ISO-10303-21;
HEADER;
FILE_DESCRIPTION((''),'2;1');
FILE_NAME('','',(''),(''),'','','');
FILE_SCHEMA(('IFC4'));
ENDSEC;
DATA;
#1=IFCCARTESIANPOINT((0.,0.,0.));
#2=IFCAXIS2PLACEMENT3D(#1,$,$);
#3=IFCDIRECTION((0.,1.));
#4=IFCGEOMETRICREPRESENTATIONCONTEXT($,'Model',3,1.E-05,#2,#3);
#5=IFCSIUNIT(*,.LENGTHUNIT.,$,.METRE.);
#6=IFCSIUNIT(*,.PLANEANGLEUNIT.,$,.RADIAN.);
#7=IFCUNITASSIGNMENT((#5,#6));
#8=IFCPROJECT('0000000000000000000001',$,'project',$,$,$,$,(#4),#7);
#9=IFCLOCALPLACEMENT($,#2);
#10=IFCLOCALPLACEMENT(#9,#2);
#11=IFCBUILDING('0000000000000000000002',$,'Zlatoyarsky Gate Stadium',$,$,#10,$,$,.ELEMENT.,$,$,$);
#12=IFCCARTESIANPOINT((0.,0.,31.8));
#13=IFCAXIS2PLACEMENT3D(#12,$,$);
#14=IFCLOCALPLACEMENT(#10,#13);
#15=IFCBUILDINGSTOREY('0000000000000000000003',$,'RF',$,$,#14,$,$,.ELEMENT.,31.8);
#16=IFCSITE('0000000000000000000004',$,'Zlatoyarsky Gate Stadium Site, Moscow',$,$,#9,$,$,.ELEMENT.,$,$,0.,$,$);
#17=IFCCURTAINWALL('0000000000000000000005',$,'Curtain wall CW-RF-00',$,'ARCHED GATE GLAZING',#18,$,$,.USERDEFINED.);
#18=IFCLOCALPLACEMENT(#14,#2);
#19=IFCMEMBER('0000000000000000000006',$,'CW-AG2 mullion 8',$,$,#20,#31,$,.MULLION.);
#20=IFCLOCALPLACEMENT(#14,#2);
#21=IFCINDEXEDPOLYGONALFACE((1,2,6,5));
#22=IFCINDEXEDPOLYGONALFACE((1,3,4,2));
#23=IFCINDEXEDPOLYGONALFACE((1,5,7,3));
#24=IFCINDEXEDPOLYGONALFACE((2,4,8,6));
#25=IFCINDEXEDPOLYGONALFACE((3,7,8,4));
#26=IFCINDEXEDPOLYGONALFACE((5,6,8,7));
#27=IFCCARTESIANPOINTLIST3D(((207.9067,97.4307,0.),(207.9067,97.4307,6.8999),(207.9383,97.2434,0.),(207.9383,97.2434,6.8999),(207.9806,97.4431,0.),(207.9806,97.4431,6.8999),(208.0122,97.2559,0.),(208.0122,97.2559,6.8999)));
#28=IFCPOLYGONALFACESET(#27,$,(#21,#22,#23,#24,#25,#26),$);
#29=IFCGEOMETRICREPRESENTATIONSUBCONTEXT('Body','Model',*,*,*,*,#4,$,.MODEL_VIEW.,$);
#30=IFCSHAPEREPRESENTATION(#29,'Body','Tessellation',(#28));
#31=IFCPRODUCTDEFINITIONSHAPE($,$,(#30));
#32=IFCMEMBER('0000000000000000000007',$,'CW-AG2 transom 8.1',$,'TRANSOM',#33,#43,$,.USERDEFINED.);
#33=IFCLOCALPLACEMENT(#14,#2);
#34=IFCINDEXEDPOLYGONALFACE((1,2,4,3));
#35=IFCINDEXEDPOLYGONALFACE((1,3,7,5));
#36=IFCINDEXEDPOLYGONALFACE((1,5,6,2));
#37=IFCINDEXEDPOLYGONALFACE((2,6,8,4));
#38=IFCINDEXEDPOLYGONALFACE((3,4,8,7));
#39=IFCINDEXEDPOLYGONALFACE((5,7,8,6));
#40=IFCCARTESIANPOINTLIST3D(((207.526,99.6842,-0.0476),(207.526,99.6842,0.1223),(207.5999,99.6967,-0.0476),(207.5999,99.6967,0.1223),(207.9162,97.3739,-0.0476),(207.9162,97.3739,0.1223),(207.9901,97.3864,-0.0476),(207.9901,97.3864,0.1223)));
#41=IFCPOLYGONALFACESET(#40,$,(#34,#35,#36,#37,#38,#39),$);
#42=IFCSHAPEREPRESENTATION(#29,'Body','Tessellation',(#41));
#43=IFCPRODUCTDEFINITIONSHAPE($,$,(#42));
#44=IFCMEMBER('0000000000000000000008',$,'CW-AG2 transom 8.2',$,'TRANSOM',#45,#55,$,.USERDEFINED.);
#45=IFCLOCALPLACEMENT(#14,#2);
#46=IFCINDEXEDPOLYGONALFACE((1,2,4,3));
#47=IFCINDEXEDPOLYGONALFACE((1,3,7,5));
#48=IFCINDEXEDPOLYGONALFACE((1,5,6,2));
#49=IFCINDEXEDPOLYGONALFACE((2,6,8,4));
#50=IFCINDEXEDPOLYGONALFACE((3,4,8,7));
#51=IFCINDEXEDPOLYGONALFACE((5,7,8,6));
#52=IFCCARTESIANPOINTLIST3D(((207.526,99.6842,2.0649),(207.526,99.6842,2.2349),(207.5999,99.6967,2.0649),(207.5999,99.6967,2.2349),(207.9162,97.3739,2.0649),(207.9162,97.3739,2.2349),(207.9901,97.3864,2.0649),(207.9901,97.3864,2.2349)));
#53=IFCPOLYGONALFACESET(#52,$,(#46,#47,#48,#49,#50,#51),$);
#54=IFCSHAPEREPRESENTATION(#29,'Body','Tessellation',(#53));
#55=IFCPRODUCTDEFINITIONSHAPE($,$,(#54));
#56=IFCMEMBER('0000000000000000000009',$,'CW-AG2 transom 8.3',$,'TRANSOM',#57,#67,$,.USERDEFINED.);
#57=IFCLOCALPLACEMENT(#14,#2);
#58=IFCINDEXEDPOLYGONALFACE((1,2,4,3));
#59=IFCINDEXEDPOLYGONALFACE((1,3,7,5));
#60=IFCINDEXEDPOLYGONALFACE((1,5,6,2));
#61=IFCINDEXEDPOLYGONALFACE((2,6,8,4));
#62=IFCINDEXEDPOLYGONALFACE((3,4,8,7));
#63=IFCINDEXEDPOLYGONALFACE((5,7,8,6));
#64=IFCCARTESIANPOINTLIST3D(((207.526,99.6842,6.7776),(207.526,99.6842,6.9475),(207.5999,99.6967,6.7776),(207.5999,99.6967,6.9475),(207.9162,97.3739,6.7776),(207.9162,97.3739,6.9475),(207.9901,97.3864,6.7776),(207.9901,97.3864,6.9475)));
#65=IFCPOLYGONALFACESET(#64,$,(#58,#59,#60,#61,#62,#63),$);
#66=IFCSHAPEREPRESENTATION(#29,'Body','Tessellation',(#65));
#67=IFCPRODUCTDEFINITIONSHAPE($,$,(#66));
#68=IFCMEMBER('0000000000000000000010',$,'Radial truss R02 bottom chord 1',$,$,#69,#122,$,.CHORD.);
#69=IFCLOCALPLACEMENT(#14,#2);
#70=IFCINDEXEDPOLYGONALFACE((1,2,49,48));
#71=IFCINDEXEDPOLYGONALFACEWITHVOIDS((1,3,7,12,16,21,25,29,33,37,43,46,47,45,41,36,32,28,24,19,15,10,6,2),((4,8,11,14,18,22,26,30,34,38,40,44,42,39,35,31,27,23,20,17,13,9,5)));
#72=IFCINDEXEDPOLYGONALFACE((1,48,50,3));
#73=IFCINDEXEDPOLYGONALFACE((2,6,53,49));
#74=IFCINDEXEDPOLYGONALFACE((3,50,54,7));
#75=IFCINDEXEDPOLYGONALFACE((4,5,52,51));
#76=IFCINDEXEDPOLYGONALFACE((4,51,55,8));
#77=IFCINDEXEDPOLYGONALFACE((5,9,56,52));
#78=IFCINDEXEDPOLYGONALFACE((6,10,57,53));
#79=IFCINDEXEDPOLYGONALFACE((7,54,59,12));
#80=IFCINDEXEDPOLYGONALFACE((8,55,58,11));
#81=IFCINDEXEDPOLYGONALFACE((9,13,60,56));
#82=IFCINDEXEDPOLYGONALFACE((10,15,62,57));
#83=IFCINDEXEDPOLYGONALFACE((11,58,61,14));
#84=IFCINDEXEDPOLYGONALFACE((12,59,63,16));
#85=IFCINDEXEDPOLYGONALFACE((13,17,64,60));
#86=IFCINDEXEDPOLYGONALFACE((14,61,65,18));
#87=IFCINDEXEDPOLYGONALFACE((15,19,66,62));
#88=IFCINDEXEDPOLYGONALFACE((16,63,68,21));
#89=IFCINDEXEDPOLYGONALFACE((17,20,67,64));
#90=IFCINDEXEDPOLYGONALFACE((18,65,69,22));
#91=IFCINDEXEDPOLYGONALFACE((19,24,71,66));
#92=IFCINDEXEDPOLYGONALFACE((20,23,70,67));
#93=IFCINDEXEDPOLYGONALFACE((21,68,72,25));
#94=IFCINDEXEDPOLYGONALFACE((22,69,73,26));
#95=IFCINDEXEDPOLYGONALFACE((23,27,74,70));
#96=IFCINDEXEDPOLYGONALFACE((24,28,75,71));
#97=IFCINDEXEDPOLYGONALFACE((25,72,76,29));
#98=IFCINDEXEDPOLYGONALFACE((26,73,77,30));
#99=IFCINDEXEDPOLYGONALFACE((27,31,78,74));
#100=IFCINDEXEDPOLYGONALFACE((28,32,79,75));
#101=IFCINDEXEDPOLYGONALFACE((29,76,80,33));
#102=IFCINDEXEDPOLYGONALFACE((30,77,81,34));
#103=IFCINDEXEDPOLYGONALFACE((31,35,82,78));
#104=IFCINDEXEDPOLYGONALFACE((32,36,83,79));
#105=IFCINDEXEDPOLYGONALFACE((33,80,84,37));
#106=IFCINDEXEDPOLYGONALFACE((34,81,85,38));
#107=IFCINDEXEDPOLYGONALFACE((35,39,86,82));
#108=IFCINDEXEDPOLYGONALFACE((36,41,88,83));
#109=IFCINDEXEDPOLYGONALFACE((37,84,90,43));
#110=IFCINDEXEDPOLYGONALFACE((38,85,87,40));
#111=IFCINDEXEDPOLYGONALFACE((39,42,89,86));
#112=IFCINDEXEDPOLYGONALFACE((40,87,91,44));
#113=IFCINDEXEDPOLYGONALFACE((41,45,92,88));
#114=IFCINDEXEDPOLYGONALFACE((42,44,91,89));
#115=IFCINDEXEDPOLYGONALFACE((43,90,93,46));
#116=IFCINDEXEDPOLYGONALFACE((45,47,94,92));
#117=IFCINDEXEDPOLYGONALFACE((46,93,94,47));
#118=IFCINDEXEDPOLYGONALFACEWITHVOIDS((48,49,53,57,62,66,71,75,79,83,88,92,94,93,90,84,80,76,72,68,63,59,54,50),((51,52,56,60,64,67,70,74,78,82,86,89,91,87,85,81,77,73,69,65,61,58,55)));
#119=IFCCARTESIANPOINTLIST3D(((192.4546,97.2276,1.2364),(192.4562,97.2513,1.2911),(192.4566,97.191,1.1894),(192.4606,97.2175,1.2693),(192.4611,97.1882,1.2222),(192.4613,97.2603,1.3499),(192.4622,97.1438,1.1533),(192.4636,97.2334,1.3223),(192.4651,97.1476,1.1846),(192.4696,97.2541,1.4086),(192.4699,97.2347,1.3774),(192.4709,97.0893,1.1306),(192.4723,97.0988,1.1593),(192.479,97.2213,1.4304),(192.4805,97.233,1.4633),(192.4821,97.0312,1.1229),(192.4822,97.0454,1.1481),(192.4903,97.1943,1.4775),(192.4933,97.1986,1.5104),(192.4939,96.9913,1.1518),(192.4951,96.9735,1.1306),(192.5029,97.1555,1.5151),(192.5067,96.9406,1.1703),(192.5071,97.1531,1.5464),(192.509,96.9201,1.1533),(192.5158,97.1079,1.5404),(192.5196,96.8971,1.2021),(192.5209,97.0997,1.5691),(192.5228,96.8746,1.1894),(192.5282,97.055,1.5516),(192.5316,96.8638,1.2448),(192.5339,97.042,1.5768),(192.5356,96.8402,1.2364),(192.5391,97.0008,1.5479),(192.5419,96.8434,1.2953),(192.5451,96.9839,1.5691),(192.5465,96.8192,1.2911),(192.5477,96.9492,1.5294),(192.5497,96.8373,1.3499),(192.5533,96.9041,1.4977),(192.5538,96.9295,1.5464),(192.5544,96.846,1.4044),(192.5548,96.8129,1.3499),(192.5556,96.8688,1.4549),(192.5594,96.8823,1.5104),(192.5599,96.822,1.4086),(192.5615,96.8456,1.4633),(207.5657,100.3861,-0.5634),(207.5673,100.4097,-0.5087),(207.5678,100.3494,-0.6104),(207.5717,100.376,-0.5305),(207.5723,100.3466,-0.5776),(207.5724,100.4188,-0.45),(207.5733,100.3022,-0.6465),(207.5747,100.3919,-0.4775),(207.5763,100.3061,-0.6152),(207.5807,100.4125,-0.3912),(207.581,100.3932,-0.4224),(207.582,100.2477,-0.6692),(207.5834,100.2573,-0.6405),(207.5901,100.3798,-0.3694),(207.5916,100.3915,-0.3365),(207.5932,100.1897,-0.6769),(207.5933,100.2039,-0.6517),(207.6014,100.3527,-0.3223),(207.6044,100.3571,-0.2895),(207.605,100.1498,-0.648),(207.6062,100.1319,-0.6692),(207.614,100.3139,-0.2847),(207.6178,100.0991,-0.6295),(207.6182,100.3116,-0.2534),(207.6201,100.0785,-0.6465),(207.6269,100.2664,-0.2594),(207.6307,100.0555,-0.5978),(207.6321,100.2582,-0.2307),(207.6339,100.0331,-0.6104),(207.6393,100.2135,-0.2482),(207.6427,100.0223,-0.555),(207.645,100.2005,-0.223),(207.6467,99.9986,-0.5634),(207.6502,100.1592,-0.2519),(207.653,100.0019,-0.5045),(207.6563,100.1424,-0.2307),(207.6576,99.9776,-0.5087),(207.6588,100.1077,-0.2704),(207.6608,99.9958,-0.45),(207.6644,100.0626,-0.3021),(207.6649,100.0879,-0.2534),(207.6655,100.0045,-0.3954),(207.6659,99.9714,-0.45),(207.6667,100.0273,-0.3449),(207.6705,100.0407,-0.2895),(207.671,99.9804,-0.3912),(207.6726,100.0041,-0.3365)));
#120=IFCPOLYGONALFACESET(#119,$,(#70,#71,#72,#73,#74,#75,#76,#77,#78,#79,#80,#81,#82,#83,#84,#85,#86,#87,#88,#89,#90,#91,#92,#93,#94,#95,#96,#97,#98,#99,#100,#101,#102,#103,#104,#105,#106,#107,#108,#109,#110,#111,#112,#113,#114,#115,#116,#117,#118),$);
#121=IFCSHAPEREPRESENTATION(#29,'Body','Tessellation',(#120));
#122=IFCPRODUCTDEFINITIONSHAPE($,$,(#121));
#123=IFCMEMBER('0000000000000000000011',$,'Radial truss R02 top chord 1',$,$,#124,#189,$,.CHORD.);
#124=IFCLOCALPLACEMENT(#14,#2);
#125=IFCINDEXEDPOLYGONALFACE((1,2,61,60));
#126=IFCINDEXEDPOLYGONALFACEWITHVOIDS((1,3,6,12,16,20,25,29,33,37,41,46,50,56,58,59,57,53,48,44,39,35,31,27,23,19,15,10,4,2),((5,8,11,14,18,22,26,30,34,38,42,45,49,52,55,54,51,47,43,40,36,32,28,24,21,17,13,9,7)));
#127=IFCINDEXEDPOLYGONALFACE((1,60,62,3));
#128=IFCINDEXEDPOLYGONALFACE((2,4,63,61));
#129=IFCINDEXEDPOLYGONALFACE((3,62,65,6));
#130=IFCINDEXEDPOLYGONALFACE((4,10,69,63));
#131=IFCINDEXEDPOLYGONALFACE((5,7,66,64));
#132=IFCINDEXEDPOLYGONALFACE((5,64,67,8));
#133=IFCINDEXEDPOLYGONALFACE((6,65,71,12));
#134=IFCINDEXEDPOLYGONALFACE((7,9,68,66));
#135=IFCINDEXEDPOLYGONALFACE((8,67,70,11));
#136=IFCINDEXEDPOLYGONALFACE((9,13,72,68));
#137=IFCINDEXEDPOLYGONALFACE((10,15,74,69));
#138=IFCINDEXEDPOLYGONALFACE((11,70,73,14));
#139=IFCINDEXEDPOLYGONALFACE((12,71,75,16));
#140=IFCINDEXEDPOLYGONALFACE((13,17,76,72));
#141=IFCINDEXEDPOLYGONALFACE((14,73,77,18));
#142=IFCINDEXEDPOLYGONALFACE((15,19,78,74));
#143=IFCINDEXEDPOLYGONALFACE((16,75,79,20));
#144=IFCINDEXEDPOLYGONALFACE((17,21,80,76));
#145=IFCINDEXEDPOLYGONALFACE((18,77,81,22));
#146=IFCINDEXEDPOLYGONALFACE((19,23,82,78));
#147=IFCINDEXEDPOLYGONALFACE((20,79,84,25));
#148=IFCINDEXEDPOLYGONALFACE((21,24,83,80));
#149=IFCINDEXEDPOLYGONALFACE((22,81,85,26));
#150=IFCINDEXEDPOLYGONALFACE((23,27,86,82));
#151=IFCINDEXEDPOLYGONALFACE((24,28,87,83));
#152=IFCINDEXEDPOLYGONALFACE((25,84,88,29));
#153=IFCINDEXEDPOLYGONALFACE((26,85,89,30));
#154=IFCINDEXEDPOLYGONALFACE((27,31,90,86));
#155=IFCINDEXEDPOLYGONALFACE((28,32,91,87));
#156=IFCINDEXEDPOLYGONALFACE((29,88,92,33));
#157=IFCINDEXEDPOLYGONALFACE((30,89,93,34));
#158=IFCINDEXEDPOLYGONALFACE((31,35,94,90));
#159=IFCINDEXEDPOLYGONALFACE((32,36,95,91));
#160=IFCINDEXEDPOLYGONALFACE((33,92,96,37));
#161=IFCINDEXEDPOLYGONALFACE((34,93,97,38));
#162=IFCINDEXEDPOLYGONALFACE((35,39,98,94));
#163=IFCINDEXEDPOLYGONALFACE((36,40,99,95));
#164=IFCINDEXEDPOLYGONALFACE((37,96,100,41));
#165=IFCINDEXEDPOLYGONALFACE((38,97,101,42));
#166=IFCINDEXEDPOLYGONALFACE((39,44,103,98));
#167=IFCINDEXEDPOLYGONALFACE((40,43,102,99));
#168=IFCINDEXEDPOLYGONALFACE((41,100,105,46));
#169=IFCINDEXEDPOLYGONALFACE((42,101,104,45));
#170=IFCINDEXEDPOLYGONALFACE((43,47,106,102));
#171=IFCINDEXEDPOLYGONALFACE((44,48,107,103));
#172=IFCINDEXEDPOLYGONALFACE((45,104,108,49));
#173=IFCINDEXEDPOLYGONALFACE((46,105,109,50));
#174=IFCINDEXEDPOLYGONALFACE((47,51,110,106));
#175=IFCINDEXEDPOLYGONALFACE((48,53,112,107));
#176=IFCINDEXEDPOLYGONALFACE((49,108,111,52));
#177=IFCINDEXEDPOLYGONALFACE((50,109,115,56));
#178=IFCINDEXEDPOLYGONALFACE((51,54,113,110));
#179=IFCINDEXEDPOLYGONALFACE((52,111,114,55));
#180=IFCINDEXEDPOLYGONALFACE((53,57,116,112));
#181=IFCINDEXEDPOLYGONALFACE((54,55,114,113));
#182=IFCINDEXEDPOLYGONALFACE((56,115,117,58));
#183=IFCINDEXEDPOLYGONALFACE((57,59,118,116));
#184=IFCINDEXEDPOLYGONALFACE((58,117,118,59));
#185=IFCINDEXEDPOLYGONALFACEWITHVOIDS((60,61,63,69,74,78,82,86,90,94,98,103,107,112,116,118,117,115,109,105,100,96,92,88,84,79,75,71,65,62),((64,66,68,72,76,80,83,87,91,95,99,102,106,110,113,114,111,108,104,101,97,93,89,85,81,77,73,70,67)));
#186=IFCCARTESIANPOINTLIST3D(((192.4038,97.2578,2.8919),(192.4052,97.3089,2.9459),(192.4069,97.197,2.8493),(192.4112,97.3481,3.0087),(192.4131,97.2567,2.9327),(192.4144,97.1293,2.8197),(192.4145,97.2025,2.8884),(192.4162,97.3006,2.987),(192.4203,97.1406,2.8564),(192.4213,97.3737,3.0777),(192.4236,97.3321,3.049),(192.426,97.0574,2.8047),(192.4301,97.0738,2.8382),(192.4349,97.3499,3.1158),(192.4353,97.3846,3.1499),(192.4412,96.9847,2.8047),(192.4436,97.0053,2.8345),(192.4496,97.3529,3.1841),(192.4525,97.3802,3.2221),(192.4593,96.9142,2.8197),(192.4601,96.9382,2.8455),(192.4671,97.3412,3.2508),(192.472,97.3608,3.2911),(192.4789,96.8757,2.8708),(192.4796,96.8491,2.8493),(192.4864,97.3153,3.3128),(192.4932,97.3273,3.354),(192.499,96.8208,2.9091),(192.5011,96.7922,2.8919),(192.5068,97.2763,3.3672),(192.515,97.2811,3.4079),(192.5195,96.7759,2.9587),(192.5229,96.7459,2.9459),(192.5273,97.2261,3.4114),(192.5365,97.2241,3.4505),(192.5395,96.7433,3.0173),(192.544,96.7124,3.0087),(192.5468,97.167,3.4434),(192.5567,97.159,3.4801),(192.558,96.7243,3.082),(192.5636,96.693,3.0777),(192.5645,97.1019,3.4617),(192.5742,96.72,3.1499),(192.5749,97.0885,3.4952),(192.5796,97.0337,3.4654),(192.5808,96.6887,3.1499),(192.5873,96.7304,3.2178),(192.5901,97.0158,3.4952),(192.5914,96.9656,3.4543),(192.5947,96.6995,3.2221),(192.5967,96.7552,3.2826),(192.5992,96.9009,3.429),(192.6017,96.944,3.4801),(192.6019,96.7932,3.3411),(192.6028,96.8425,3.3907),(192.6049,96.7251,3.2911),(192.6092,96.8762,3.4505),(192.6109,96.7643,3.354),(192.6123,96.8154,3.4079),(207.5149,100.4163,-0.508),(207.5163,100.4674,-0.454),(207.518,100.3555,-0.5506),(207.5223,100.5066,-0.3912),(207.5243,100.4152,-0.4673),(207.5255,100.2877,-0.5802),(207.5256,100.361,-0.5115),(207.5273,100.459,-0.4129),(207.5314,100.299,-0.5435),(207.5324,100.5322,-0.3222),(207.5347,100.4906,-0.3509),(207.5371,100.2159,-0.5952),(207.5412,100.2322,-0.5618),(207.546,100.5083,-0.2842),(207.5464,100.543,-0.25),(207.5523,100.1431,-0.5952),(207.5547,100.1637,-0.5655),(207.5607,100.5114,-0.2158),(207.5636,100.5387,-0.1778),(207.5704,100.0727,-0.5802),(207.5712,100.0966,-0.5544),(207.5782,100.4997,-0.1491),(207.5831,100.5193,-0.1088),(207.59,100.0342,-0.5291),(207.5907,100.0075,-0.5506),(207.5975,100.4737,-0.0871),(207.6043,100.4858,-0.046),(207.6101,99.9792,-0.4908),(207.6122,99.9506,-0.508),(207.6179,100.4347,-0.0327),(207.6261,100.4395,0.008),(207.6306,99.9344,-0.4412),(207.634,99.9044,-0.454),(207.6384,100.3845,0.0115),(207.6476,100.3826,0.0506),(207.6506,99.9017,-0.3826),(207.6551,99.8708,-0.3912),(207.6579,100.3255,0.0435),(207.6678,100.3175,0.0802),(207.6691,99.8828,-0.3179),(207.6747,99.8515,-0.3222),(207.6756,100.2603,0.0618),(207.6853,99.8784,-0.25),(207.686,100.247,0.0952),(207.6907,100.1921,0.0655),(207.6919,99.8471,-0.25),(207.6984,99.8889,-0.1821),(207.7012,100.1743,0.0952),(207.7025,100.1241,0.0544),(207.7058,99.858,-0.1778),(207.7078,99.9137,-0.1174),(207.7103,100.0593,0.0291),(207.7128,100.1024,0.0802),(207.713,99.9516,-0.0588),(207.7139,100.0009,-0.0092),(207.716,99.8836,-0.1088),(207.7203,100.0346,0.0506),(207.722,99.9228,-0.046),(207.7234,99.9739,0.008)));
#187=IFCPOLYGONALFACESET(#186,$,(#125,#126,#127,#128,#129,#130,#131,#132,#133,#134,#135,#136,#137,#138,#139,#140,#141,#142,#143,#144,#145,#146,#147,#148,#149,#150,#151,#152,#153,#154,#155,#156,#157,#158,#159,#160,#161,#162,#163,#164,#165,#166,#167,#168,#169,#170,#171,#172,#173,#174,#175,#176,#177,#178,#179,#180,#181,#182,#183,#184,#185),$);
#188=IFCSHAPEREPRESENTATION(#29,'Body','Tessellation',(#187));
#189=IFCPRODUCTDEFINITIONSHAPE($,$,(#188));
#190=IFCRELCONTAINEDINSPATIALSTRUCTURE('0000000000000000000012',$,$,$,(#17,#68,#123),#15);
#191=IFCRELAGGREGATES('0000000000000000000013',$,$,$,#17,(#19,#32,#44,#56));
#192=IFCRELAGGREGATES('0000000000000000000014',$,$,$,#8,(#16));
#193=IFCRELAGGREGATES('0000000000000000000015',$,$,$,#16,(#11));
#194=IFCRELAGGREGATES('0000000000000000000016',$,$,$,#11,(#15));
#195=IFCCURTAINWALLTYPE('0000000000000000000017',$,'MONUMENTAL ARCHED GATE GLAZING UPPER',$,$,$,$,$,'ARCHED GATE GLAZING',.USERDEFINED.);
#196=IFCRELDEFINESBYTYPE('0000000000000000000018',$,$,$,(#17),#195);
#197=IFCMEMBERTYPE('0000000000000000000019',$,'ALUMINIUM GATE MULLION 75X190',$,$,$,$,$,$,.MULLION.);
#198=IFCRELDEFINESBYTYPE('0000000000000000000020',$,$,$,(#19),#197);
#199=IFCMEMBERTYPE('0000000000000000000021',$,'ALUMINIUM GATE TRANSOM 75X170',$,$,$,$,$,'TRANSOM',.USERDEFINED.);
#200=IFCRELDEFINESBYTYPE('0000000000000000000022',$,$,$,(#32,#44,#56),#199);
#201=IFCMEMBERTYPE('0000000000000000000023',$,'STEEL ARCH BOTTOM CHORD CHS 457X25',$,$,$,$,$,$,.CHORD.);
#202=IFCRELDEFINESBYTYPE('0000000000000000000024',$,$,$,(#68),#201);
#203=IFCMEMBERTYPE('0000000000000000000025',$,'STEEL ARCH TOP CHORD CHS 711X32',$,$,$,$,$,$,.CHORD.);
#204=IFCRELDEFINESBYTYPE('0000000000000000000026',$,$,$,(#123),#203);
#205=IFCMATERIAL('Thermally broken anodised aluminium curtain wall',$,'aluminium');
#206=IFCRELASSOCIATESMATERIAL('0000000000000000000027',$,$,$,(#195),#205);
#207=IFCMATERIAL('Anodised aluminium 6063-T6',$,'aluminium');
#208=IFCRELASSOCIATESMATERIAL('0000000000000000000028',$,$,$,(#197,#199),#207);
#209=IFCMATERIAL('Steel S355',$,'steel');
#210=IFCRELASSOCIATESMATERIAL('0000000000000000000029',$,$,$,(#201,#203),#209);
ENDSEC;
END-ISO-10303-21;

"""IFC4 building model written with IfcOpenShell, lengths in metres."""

from ifc_helpers import new_model, si_unit, direction, frame, origin, origin_2d, place, context, subcontext, project, spatial, rectangle, hollow_circle, extrude, material, material_profile, profile_set, type_object, element, aggregate, save


model = new_model("IFC4")

# Units and contexts
model_context = context("Model", 3, precision=1e-05, world=origin(), true_north=direction((0.0, 1.0)))
body_context = subcontext(model_context, "Body", "Model", "MODEL_VIEW")
ifc_project = project(units=[si_unit("LENGTHUNIT", "METRE"), si_unit("PLANEANGLEUNIT", "RADIAN")], contexts=[model_context])

# Site, building, storey
site_placement = place(None, origin())
site = spatial("IfcSite", under=ifc_project, at=site_placement, Name="Zlatoyarsky Gate Stadium Site, Moscow", CompositionType="ELEMENT", RefElevation=0.0)
building_placement = place(site_placement, origin())
building = spatial("IfcBuilding", under=site, at=building_placement, Name="Zlatoyarsky Gate Stadium", CompositionType="ELEMENT")
storey_placement = place(building_placement, frame((0.0, 0.0, 31.8)))
storey = spatial("IfcBuildingStorey", under=building, at=storey_placement, Name="RF", CompositionType="ELEMENT", Elevation=31.8)

# Curtain wall, members
ifc_material_1 = material(Name="Thermally broken anodised aluminium curtain wall", Category="aluminium")
curtain_wall_type = type_object("IfcCurtainWallType", Name="MONUMENTAL ARCHED GATE GLAZING UPPER", ElementType="ARCHED GATE GLAZING", PredefinedType="USERDEFINED", material=ifc_material_1)
curtain_wall_placement = place(storey_placement, origin())
curtain_wall = element("IfcCurtainWall", 1, at=curtain_wall_placement, inside=storey, type_object=curtain_wall_type, Name="Curtain wall CW-RF-00", ObjectType="ARCHED GATE GLAZING", PredefinedType="USERDEFINED")
ifc_material_2 = material(Name="Anodised aluminium 6063-T6", Category="aluminium")
ifc_material_profile_1 = material_profile(ifc_material_2, rectangle(XDim=0.075, YDim=0.1899, at=origin_2d()), Name="ALU 75X190")
ifc_profile_set_1 = profile_set([ifc_material_profile_1], Name="Anodised aluminium 6063-T6")
member_type_1 = type_object("IfcMemberType", Name="ALUMINIUM GATE MULLION 75X190", PredefinedType="MULLION", material=ifc_profile_set_1)
member_1_placement = place(storey_placement, frame((207.9595, 97.3433, 0.0), z_axis=(0.0, 0.0, 1.0), x_axis=(-0.986044, -0.166482, 0.0)))
member_1 = element("IfcMember", 2, at=member_1_placement, type_object=member_type_1, Name="CW-AG2 mullion 8", PredefinedType="MULLION", context=body_context, shape_type="SweptSolid", body=[
    extrude(rectangle(XDim=0.075, YDim=0.1899, at=origin_2d()), origin(), (0.0, 0.0, 1.0), 6.8999),
])
ifc_material_profile_2 = material_profile(ifc_material_2, rectangle(XDim=0.075, YDim=0.1699, at=origin_2d()), Name="ALU 75X170")
ifc_profile_set_2 = profile_set([ifc_material_profile_2], Name="Anodised aluminium 6063-T6")
member_type_2 = type_object("IfcMemberType", Name="ALUMINIUM GATE TRANSOM 75X170", ElementType="TRANSOM", PredefinedType="USERDEFINED", material=ifc_profile_set_2)
member_2_placement = place(storey_placement, frame((207.9531, 97.3801, 0.0374), z_axis=(-0.166511, 0.98604, 0.0), x_axis=(-0.98604, -0.166511, 0.0)))
member_2 = element("IfcMember", 3, at=member_2_placement, type_object=member_type_2, Name="CW-AG2 transom 8.1", ObjectType="TRANSOM", PredefinedType="USERDEFINED", context=body_context, shape_type="SweptSolid", body=[
    extrude(rectangle(XDim=0.075, YDim=0.1699, at=origin_2d()), origin(), (0.0, 0.0, 1.0), 2.343),
])
member_3_placement = place(storey_placement, frame((207.9531, 97.3801, 2.1499), z_axis=(-0.166511, 0.98604, 0.0), x_axis=(-0.98604, -0.166511, 0.0)))
member_3 = element("IfcMember", 4, at=member_3_placement, type_object=member_type_2, Name="CW-AG2 transom 8.2", ObjectType="TRANSOM", PredefinedType="USERDEFINED", context=body_context, shape_type="SweptSolid", body=[
    extrude(rectangle(XDim=0.075, YDim=0.1699, at=origin_2d()), origin(), (0.0, 0.0, 1.0), 2.343),
])
member_4_placement = place(storey_placement, frame((207.9531, 97.3801, 6.8625), z_axis=(-0.166511, 0.98604, 0.0), x_axis=(-0.98604, -0.166511, 0.0)))
member_4 = element("IfcMember", 5, at=member_4_placement, type_object=member_type_2, Name="CW-AG2 transom 8.3", ObjectType="TRANSOM", PredefinedType="USERDEFINED", context=body_context, shape_type="SweptSolid", body=[
    extrude(rectangle(XDim=0.075, YDim=0.1699, at=origin_2d()), origin(), (0.0, 0.0, 1.0), 2.343),
])

# Members
ifc_material_3 = material(Name="Steel S355", Category="steel")
ifc_material_profile_3 = material_profile(ifc_material_3, hollow_circle(Radius=0.2285, WallThickness=0.0249, at=origin_2d()), Name="CHS 457X25")
ifc_profile_set_3 = profile_set([ifc_material_profile_3], Name="Steel S355")
member_type_3 = type_object("IfcMemberType", Name="STEEL ARCH BOTTOM CHORD CHS 457X25", PredefinedType="CHORD", material=ifc_profile_set_3)
member_5_placement = place(storey_placement, frame((207.6191, 100.1951, -0.45), z_axis=(-0.972262, -0.203218, 0.115801), x_axis=(0.204594, -0.978847, 0.0)))
element("IfcMember", 6, at=member_5_placement, inside=storey, type_object=member_type_3, Name="Radial truss R02 bottom chord 1", PredefinedType="CHORD", context=body_context, shape_type="SweptSolid", body=[
    extrude(hollow_circle(Radius=0.2285, WallThickness=0.0249, at=origin_2d()), origin(), (0.0, 0.0, 1.0), 15.5422),
])
ifc_material_profile_4 = material_profile(ifc_material_3, hollow_circle(Radius=0.3555, WallThickness=0.032, at=origin_2d()), Name="CHS 711X32")
ifc_profile_set_4 = profile_set([ifc_material_profile_4], Name="Steel S355")
member_type_4 = type_object("IfcMemberType", Name="STEEL ARCH TOP CHORD CHS 711X32", PredefinedType="CHORD", material=ifc_profile_set_4)
member_6_placement = place(storey_placement, frame((207.6191, 100.1951, -0.25), z_axis=(-0.955938, -0.199806, 0.21508), x_axis=(0.204594, -0.978847, 0.0)))
element("IfcMember", 7, at=member_6_placement, inside=storey, type_object=member_type_4, Name="Radial truss R02 top chord 1", PredefinedType="CHORD", context=body_context, shape_type="SweptSolid", body=[
    extrude(hollow_circle(Radius=0.3555, WallThickness=0.032, at=origin_2d()), origin(), (0.0, 0.0, 1.0), 15.8076),
])

aggregate(curtain_wall, [member_1, member_2, member_3, member_4])

save(model, "model.ifc")
